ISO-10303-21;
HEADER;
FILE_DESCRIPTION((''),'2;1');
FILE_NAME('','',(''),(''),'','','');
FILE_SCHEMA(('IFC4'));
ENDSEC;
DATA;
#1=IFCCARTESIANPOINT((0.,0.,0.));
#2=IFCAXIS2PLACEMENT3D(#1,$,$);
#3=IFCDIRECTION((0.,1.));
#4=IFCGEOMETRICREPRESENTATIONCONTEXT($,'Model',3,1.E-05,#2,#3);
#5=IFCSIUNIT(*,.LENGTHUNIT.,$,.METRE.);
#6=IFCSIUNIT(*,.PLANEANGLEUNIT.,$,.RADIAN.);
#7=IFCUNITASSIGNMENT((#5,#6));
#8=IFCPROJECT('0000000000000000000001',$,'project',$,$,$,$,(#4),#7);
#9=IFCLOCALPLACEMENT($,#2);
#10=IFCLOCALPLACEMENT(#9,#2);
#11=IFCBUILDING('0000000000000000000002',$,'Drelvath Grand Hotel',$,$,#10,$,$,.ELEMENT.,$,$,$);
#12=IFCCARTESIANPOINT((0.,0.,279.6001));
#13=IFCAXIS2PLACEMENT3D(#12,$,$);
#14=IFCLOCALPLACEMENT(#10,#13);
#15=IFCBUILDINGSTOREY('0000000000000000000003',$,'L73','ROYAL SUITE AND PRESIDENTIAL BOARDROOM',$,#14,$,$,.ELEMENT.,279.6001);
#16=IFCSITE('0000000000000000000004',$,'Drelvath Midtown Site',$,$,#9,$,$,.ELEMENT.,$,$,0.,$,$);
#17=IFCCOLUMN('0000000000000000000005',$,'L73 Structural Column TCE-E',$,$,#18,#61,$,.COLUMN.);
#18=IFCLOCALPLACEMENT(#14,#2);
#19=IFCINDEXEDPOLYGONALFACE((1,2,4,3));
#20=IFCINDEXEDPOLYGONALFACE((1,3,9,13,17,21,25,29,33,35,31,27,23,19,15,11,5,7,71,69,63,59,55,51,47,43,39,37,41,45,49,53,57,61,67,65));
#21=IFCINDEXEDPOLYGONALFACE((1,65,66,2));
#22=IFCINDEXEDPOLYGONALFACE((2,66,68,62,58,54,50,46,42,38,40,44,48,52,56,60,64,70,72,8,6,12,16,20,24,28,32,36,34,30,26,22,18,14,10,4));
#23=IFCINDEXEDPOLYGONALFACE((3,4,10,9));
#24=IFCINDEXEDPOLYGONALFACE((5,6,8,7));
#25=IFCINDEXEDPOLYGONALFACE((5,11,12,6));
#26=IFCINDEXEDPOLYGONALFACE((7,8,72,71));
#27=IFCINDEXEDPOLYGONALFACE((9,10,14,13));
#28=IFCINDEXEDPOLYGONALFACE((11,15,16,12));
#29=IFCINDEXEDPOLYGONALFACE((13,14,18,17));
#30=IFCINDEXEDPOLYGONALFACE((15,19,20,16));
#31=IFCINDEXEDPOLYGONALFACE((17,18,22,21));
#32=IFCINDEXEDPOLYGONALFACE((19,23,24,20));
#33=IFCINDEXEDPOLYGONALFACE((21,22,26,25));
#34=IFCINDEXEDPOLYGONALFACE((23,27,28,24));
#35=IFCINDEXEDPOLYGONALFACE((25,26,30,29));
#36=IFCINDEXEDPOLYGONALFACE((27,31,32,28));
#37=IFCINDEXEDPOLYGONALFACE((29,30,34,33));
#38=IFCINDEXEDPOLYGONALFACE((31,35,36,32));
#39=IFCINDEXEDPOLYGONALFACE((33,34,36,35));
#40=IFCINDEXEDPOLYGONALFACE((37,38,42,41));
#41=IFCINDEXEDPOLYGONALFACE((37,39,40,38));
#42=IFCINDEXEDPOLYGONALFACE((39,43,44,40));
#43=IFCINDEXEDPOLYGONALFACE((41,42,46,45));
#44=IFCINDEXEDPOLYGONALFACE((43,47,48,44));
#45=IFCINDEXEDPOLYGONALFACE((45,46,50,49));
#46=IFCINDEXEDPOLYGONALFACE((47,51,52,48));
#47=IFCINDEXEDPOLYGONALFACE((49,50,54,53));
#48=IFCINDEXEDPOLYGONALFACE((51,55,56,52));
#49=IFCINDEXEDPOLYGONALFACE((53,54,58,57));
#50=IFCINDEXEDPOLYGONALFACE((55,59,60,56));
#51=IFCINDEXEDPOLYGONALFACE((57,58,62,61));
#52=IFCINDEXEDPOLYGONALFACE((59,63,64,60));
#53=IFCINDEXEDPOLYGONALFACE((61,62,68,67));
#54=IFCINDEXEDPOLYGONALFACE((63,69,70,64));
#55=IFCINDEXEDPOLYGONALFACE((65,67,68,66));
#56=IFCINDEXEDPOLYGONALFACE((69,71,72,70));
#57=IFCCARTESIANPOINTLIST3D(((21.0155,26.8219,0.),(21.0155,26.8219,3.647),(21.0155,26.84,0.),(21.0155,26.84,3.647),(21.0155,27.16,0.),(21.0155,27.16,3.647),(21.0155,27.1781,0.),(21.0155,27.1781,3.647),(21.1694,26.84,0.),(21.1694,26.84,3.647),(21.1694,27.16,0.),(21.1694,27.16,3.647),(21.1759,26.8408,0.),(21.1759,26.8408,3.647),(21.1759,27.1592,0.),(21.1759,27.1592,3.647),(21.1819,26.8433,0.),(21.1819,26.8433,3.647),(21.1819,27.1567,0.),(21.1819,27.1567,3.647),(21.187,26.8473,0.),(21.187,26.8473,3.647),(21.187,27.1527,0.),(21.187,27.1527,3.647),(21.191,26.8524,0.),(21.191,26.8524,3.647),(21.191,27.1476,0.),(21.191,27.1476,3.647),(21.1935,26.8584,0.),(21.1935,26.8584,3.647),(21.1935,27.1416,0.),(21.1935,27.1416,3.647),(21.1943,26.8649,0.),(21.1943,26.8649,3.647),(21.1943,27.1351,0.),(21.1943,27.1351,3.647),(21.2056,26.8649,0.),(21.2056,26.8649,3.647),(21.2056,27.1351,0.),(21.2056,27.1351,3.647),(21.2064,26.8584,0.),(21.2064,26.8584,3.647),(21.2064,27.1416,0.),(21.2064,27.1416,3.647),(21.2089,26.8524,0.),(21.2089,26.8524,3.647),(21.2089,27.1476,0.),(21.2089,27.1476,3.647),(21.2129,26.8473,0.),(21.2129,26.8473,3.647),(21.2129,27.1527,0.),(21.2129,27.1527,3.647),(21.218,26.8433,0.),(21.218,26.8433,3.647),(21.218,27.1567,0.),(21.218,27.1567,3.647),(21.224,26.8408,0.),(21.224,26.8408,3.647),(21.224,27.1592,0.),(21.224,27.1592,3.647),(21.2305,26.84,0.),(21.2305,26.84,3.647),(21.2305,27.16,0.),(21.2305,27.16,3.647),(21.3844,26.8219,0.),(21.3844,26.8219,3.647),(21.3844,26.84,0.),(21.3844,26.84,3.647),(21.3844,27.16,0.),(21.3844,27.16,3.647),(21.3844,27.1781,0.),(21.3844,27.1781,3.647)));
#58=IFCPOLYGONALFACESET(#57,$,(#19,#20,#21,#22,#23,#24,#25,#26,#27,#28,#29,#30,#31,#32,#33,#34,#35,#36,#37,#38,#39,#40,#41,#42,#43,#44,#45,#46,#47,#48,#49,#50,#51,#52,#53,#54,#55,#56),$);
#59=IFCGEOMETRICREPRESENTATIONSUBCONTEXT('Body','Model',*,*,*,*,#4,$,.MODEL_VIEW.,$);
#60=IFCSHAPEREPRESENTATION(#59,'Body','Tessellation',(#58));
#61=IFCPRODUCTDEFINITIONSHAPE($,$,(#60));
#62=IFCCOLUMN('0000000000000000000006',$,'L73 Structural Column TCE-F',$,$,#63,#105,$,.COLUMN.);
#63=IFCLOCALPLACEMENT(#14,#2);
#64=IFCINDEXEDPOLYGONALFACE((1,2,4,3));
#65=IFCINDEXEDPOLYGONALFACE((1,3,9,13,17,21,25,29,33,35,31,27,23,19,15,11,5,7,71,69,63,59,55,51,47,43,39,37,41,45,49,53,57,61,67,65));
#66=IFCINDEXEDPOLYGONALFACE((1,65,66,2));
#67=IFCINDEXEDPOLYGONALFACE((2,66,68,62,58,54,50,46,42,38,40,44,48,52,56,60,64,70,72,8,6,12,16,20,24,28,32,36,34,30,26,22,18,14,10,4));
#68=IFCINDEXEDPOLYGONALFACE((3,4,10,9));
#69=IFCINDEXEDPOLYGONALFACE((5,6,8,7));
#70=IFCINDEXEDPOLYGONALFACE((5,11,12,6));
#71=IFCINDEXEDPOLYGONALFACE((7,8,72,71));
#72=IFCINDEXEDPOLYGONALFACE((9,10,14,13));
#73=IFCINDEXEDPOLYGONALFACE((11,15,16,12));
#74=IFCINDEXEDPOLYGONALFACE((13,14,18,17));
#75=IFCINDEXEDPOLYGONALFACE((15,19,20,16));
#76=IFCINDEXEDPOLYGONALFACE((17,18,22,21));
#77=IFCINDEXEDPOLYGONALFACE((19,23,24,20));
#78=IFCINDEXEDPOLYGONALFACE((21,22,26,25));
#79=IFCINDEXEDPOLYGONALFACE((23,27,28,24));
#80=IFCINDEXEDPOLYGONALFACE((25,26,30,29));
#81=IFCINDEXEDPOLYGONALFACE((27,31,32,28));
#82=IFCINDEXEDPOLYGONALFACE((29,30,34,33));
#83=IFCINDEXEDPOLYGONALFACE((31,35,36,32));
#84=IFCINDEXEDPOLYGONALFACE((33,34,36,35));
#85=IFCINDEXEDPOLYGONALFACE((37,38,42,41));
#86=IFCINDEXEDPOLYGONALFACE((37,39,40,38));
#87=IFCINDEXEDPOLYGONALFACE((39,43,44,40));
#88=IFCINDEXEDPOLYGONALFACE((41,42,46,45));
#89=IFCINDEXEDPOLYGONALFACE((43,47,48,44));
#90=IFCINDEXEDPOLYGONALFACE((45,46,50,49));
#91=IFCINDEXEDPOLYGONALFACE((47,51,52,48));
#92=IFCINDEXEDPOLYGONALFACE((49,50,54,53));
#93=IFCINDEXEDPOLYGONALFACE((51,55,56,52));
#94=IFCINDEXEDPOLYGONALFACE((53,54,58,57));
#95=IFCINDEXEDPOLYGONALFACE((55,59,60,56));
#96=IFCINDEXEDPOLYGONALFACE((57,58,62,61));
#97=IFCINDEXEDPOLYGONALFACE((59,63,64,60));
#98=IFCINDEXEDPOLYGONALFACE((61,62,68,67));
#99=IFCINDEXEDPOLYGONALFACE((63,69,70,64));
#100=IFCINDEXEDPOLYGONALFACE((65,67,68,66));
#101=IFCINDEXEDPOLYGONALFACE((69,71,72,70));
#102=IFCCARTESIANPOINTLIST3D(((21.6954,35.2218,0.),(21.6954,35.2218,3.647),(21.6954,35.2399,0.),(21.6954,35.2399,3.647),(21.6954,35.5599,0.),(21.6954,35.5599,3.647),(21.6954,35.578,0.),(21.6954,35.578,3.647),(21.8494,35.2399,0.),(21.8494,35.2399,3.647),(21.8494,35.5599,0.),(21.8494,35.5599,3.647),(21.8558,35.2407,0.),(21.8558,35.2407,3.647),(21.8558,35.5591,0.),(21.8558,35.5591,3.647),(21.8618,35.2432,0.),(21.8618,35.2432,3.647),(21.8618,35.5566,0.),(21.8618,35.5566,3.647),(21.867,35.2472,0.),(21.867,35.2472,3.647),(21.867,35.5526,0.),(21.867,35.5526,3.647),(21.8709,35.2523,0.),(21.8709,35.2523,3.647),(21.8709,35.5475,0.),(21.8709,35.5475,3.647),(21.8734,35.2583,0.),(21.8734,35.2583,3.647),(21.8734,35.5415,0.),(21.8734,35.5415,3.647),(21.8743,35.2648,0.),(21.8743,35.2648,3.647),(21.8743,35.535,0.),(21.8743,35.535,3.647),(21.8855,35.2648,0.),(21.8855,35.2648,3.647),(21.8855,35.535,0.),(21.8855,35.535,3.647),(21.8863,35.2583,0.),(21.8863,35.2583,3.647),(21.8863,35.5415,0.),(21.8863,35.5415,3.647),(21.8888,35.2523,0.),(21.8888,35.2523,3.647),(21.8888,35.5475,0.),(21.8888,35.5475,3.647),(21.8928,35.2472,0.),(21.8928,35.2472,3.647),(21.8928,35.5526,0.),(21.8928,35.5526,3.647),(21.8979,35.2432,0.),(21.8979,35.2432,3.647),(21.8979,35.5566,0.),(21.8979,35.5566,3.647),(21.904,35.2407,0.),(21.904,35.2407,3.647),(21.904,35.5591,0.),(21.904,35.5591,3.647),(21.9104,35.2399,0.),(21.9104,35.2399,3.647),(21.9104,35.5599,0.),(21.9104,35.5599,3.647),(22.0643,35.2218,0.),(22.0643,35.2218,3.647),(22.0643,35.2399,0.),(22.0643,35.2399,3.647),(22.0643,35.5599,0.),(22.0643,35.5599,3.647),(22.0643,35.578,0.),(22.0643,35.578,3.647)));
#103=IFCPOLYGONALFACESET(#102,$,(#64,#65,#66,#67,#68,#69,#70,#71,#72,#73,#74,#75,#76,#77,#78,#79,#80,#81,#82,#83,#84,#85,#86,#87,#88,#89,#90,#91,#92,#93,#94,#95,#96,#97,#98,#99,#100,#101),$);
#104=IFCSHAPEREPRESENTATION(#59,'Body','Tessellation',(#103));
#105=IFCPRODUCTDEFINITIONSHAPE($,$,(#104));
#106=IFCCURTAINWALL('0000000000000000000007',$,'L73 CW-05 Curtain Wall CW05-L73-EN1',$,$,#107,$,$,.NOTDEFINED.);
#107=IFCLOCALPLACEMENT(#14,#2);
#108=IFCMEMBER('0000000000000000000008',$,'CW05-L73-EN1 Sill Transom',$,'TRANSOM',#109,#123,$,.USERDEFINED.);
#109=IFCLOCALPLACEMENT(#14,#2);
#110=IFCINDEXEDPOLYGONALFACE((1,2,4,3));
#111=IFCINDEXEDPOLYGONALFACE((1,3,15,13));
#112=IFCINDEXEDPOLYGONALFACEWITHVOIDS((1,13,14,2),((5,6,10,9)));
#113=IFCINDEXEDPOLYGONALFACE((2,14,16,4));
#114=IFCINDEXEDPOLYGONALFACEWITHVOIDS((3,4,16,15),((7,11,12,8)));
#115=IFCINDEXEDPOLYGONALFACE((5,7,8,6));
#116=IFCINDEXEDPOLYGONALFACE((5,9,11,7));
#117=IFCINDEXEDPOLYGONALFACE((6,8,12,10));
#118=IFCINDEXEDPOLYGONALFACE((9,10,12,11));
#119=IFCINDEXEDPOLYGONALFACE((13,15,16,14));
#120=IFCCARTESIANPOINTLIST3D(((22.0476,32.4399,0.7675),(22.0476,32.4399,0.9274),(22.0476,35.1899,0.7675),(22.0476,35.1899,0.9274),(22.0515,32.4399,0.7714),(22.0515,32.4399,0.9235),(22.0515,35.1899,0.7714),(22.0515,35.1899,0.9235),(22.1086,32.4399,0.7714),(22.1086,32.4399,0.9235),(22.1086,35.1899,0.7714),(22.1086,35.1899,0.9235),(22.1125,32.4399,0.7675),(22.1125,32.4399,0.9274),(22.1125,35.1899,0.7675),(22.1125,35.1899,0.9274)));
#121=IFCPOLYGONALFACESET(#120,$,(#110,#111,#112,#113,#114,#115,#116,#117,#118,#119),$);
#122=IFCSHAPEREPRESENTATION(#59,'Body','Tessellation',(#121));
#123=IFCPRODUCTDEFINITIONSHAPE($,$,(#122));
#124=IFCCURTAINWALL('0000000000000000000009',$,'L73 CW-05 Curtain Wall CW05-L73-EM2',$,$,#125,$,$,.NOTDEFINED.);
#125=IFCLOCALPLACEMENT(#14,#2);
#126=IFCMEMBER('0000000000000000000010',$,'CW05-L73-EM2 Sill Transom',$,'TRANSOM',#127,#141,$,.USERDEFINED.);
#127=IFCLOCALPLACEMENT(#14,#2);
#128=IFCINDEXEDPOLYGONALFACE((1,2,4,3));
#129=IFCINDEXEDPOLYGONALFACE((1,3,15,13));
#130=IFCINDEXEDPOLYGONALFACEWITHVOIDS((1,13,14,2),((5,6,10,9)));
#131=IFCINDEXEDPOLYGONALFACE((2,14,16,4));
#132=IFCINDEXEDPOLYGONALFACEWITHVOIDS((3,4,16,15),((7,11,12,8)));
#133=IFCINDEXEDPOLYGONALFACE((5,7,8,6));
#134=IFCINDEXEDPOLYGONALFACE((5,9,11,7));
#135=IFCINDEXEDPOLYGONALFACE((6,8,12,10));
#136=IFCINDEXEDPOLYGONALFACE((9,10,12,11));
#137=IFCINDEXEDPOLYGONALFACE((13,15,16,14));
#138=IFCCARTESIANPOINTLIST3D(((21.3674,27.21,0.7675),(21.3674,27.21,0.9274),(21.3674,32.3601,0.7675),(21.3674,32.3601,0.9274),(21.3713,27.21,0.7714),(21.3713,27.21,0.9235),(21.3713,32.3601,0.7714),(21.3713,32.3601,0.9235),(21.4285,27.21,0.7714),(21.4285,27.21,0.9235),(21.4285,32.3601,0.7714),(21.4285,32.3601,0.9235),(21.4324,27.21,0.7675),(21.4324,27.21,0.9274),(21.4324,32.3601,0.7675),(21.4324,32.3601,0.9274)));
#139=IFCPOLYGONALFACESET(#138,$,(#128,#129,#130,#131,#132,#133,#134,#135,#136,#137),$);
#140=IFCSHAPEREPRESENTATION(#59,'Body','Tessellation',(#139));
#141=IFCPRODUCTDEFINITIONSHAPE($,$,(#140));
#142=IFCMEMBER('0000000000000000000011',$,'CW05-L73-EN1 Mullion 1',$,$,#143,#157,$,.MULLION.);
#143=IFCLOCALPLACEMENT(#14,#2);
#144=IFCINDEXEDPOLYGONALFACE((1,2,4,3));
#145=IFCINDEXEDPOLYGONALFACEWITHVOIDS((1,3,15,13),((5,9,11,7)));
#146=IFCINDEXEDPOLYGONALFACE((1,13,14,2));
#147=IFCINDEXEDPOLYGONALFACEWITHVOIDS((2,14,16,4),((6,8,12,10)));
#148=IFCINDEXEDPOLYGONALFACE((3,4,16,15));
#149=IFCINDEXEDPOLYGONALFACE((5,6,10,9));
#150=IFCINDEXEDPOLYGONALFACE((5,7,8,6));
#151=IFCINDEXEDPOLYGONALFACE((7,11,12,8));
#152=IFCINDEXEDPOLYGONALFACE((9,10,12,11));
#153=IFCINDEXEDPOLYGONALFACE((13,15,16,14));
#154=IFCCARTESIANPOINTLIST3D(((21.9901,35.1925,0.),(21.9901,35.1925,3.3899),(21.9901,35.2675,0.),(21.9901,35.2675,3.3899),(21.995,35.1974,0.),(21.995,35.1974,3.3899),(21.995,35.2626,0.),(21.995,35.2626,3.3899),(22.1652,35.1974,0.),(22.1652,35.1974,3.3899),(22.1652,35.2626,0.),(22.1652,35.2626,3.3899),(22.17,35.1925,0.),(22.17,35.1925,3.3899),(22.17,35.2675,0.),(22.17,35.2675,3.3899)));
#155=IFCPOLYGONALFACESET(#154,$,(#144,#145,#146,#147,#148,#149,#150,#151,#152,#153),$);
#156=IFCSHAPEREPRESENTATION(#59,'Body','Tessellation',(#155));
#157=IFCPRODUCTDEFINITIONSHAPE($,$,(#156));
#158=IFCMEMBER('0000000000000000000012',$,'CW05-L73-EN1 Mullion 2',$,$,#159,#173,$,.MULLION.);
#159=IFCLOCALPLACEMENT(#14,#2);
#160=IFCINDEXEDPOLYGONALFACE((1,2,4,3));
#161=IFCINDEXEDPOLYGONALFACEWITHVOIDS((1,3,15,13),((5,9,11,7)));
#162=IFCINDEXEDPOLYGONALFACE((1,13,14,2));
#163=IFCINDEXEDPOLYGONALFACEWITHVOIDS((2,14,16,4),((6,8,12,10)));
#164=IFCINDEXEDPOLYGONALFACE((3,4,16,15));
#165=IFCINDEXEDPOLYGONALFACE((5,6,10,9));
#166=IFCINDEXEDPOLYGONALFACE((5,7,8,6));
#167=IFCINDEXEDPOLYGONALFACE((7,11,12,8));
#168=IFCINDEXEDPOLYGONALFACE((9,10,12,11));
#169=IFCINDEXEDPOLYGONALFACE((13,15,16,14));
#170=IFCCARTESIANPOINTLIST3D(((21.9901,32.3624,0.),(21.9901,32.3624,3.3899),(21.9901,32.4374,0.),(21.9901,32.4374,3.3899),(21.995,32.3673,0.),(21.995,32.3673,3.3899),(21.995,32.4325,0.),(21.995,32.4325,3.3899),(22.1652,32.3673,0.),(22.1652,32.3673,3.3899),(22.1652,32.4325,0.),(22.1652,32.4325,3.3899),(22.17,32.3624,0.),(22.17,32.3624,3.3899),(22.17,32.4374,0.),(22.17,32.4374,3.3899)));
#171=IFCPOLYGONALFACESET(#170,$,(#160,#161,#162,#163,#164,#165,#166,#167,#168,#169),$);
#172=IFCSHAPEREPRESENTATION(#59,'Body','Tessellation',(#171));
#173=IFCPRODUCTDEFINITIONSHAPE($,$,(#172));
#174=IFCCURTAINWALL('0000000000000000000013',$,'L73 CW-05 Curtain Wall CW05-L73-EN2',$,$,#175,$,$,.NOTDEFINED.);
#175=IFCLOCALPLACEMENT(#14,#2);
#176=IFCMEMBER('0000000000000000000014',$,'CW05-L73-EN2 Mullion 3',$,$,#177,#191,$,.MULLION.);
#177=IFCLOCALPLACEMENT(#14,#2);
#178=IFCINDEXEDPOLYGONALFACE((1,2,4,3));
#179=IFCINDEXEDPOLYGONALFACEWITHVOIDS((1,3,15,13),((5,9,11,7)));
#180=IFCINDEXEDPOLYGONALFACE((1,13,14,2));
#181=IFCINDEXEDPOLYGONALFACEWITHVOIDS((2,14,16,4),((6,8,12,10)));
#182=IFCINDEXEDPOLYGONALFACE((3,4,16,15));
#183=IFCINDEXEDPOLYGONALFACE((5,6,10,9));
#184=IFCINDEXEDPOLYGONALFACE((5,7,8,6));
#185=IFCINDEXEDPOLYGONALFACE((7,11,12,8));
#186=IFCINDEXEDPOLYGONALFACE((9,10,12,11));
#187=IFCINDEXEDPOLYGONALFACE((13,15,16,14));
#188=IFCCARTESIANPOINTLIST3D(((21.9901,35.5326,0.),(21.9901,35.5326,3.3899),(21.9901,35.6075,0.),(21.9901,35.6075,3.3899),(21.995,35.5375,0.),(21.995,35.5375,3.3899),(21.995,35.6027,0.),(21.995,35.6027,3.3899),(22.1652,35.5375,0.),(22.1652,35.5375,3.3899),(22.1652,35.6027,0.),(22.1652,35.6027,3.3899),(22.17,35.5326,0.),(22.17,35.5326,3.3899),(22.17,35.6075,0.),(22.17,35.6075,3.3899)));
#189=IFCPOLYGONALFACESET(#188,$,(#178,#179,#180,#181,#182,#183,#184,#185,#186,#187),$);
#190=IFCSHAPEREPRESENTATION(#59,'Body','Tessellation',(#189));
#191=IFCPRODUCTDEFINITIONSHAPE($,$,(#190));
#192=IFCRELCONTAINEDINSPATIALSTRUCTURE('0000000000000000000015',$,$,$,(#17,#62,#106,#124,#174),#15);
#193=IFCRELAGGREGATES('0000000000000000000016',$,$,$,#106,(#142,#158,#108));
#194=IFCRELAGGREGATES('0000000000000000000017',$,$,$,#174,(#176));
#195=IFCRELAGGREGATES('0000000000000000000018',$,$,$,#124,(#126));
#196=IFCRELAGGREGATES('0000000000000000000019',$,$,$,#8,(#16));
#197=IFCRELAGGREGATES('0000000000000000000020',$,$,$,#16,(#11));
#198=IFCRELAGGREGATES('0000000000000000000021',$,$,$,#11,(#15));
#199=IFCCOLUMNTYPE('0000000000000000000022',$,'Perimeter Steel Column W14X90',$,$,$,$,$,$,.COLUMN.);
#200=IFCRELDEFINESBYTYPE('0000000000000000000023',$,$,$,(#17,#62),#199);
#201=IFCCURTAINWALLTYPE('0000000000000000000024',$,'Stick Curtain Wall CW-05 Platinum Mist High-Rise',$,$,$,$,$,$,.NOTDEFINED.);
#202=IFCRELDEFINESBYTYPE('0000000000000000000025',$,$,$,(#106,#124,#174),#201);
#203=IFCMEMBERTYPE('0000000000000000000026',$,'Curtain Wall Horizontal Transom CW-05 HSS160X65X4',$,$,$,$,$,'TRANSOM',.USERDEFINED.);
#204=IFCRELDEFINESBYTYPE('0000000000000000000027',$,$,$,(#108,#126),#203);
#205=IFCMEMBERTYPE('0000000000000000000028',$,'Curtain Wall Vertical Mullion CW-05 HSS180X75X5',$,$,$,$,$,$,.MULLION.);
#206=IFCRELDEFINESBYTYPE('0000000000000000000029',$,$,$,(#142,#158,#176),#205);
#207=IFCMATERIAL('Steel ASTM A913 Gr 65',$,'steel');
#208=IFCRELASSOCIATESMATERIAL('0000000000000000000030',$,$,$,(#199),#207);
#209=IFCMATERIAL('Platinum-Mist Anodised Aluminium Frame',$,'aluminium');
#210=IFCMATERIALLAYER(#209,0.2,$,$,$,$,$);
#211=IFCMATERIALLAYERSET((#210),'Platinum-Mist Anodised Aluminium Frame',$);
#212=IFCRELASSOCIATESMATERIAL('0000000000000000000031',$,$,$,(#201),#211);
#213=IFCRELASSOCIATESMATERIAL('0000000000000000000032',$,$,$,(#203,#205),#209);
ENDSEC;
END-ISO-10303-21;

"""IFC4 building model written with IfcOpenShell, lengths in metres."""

from ifc_helpers import new_model, si_unit, direction, frame, origin, origin_2d, place, context, subcontext, project, spatial, hollow_rectangle, i_section, extrude, material, layer, layer_set, material_profile, profile_set, type_object, element, aggregate, save


model = new_model("IFC4")

# Units and contexts
model_context = context("Model", 3, precision=1e-05, world=origin(), true_north=direction((0.0, 1.0)))
body_context = subcontext(model_context, "Body", "Model", "MODEL_VIEW")
ifc_project = project(units=[si_unit("LENGTHUNIT", "METRE"), si_unit("PLANEANGLEUNIT", "RADIAN")], contexts=[model_context])

# Site, building, storey
site_placement = place(None, origin())
site = spatial("IfcSite", under=ifc_project, at=site_placement, Name="Drelvath Midtown Site", CompositionType="ELEMENT", RefElevation=0.0)
building_placement = place(site_placement, origin())
building = spatial("IfcBuilding", under=site, at=building_placement, Name="Drelvath Grand Hotel", CompositionType="ELEMENT")
storey_placement = place(building_placement, frame((0.0, 0.0, 279.6001)))
storey = spatial("IfcBuildingStorey", under=building, at=storey_placement, Name="L73", Description="ROYAL SUITE AND PRESIDENTIAL BOARDROOM", CompositionType="ELEMENT", Elevation=279.6001)

# Columns
ifc_material_1 = material(Name="Steel ASTM A913 Gr 65", Category="steel")
ifc_material_profile_1 = material_profile(ifc_material_1, i_section(OverallWidth=0.3689, OverallDepth=0.3562, WebThickness=0.0112, FlangeThickness=0.0181, FilletRadius=0.0249, at=origin_2d()), Name="W14X90")
ifc_profile_set_1 = profile_set([ifc_material_profile_1], Name="Steel ASTM A913 Gr 65")
column_type = type_object("IfcColumnType", Name="Perimeter Steel Column W14X90", PredefinedType="COLUMN", material=ifc_profile_set_1)
for number, where, z_axis, x_axis, name in (
    (1, (21.2, 27.0, 0.0), (0.0, 0.0, 1.0), (1.0, 0.0, 0.0), "L73 Structural Column TCE-E"),
    (2, (21.8799, 35.3999, 0.0), (0.0, 0.0, 1.0), (1.0, 0.0, 0.0), "L73 Structural Column TCE-F"),
):
    element("IfcColumn", number, at=place(storey_placement, frame(where, z_axis=z_axis, x_axis=x_axis)), inside=storey, type_object=column_type, Name=name, PredefinedType="COLUMN", context=body_context, shape_type="SweptSolid", body=[
        extrude(i_section(OverallWidth=0.3689, OverallDepth=0.3562, WebThickness=0.0112, FlangeThickness=0.0181, FilletRadius=0.0249, at=origin_2d()), origin(), (0.0, 0.0, 1.0), 3.647),
    ])

# Curtain walls, members
ifc_material_2 = material(Name="Platinum-Mist Anodised Aluminium Frame", Category="aluminium")
ifc_layer_1 = layer(ifc_material_2, 0.2)
ifc_layer_set_1 = layer_set([ifc_layer_1], Name="Platinum-Mist Anodised Aluminium Frame")
curtain_wall_type = type_object("IfcCurtainWallType", Name="Stick Curtain Wall CW-05 Platinum Mist High-Rise", PredefinedType="NOTDEFINED", material=ifc_layer_set_1)
curtain_wall_1_placement = place(storey_placement, origin())
curtain_wall_1 = element("IfcCurtainWall", 3, at=curtain_wall_1_placement, inside=storey, type_object=curtain_wall_type, Name="L73 CW-05 Curtain Wall CW05-L73-EN1", PredefinedType="NOTDEFINED")
ifc_material_profile_2 = material_profile(ifc_material_2, hollow_rectangle(XDim=0.0649, YDim=0.1599, WallThickness=0.0039, at=origin_2d()), Name="HSS160X65X4")
ifc_profile_set_2 = profile_set([ifc_material_profile_2], Name="Platinum-Mist Anodised Aluminium Frame")
member_type_1 = type_object("IfcMemberType", Name="Curtain Wall Horizontal Transom CW-05 HSS160X65X4", ElementType="TRANSOM", PredefinedType="USERDEFINED", material=ifc_profile_set_2)
member_1_placement = place(storey_placement, frame((22.0801, 35.1899, 0.8474), z_axis=(0.0, -1.0, 0.0), x_axis=(1.0, 0.0, 0.0)))
member_1 = element("IfcMember", 4, at=member_1_placement, type_object=member_type_1, Name="CW05-L73-EN1 Sill Transom", ObjectType="TRANSOM", PredefinedType="USERDEFINED", context=body_context, shape_type="SweptSolid", body=[
    extrude(hollow_rectangle(XDim=0.0649, YDim=0.1599, WallThickness=0.0039, at=origin_2d()), origin(), (0.0, 0.0, 1.0), 2.75),
])
curtain_wall_2_placement = place(storey_placement, origin())
curtain_wall_2 = element("IfcCurtainWall", 5, at=curtain_wall_2_placement, inside=storey, type_object=curtain_wall_type, Name="L73 CW-05 Curtain Wall CW05-L73-EM2", PredefinedType="NOTDEFINED")
member_2_placement = place(storey_placement, frame((21.3999, 32.3601, 0.8474), z_axis=(0.0, -1.0, 0.0), x_axis=(1.0, 0.0, 0.0)))
member_2 = element("IfcMember", 6, at=member_2_placement, type_object=member_type_1, Name="CW05-L73-EM2 Sill Transom", ObjectType="TRANSOM", PredefinedType="USERDEFINED", context=body_context, shape_type="SweptSolid", body=[
    extrude(hollow_rectangle(XDim=0.0649, YDim=0.1599, WallThickness=0.0039, at=origin_2d()), origin(), (0.0, 0.0, 1.0), 5.1501),
])

# Members
ifc_material_profile_3 = material_profile(ifc_material_2, hollow_rectangle(XDim=0.075, YDim=0.1799, WallThickness=0.0049, at=origin_2d()), Name="HSS180X75X5")
ifc_profile_set_3 = profile_set([ifc_material_profile_3], Name="Platinum-Mist Anodised Aluminium Frame")
member_type_2 = type_object("IfcMemberType", Name="Curtain Wall Vertical Mullion CW-05 HSS180X75X5", PredefinedType="MULLION", material=ifc_profile_set_3)
member_3_placement = place(storey_placement, frame((22.0801, 35.23, 0.0), z_axis=(0.0, 0.0, 1.0), x_axis=(0.0, 1.0, 0.0)))
member_3 = element("IfcMember", 7, at=member_3_placement, type_object=member_type_2, Name="CW05-L73-EN1 Mullion 1", PredefinedType="MULLION", context=body_context, shape_type="SweptSolid", body=[
    extrude(hollow_rectangle(XDim=0.075, YDim=0.1799, WallThickness=0.0049, at=origin_2d()), origin(), (0.0, 0.0, 1.0), 3.3899),
])
member_4_placement = place(storey_placement, frame((22.0801, 32.3999, 0.0), z_axis=(0.0, 0.0, 1.0), x_axis=(0.0, 1.0, 0.0)))
member_4 = element("IfcMember", 8, at=member_4_placement, type_object=member_type_2, Name="CW05-L73-EN1 Mullion 2", PredefinedType="MULLION", context=body_context, shape_type="SweptSolid", body=[
    extrude(hollow_rectangle(XDim=0.075, YDim=0.1799, WallThickness=0.0049, at=origin_2d()), origin(), (0.0, 0.0, 1.0), 3.3899),
])

# Curtain wall, member
curtain_wall_3_placement = place(storey_placement, origin())
curtain_wall_3 = element("IfcCurtainWall", 9, at=curtain_wall_3_placement, inside=storey, type_object=curtain_wall_type, Name="L73 CW-05 Curtain Wall CW05-L73-EN2", PredefinedType="NOTDEFINED")
member_5_placement = place(storey_placement, frame((22.0801, 35.5701, 0.0), z_axis=(0.0, 0.0, 1.0), x_axis=(0.0, 1.0, 0.0)))
member_5 = element("IfcMember", 10, at=member_5_placement, type_object=member_type_2, Name="CW05-L73-EN2 Mullion 3", PredefinedType="MULLION", context=body_context, shape_type="SweptSolid", body=[
    extrude(hollow_rectangle(XDim=0.075, YDim=0.1799, WallThickness=0.0049, at=origin_2d()), origin(), (0.0, 0.0, 1.0), 3.3899),
])

aggregate(curtain_wall_1, [member_3, member_4, member_1])
aggregate(curtain_wall_3, [member_5])
aggregate(curtain_wall_2, [member_2])

save(model, "model.ifc")
